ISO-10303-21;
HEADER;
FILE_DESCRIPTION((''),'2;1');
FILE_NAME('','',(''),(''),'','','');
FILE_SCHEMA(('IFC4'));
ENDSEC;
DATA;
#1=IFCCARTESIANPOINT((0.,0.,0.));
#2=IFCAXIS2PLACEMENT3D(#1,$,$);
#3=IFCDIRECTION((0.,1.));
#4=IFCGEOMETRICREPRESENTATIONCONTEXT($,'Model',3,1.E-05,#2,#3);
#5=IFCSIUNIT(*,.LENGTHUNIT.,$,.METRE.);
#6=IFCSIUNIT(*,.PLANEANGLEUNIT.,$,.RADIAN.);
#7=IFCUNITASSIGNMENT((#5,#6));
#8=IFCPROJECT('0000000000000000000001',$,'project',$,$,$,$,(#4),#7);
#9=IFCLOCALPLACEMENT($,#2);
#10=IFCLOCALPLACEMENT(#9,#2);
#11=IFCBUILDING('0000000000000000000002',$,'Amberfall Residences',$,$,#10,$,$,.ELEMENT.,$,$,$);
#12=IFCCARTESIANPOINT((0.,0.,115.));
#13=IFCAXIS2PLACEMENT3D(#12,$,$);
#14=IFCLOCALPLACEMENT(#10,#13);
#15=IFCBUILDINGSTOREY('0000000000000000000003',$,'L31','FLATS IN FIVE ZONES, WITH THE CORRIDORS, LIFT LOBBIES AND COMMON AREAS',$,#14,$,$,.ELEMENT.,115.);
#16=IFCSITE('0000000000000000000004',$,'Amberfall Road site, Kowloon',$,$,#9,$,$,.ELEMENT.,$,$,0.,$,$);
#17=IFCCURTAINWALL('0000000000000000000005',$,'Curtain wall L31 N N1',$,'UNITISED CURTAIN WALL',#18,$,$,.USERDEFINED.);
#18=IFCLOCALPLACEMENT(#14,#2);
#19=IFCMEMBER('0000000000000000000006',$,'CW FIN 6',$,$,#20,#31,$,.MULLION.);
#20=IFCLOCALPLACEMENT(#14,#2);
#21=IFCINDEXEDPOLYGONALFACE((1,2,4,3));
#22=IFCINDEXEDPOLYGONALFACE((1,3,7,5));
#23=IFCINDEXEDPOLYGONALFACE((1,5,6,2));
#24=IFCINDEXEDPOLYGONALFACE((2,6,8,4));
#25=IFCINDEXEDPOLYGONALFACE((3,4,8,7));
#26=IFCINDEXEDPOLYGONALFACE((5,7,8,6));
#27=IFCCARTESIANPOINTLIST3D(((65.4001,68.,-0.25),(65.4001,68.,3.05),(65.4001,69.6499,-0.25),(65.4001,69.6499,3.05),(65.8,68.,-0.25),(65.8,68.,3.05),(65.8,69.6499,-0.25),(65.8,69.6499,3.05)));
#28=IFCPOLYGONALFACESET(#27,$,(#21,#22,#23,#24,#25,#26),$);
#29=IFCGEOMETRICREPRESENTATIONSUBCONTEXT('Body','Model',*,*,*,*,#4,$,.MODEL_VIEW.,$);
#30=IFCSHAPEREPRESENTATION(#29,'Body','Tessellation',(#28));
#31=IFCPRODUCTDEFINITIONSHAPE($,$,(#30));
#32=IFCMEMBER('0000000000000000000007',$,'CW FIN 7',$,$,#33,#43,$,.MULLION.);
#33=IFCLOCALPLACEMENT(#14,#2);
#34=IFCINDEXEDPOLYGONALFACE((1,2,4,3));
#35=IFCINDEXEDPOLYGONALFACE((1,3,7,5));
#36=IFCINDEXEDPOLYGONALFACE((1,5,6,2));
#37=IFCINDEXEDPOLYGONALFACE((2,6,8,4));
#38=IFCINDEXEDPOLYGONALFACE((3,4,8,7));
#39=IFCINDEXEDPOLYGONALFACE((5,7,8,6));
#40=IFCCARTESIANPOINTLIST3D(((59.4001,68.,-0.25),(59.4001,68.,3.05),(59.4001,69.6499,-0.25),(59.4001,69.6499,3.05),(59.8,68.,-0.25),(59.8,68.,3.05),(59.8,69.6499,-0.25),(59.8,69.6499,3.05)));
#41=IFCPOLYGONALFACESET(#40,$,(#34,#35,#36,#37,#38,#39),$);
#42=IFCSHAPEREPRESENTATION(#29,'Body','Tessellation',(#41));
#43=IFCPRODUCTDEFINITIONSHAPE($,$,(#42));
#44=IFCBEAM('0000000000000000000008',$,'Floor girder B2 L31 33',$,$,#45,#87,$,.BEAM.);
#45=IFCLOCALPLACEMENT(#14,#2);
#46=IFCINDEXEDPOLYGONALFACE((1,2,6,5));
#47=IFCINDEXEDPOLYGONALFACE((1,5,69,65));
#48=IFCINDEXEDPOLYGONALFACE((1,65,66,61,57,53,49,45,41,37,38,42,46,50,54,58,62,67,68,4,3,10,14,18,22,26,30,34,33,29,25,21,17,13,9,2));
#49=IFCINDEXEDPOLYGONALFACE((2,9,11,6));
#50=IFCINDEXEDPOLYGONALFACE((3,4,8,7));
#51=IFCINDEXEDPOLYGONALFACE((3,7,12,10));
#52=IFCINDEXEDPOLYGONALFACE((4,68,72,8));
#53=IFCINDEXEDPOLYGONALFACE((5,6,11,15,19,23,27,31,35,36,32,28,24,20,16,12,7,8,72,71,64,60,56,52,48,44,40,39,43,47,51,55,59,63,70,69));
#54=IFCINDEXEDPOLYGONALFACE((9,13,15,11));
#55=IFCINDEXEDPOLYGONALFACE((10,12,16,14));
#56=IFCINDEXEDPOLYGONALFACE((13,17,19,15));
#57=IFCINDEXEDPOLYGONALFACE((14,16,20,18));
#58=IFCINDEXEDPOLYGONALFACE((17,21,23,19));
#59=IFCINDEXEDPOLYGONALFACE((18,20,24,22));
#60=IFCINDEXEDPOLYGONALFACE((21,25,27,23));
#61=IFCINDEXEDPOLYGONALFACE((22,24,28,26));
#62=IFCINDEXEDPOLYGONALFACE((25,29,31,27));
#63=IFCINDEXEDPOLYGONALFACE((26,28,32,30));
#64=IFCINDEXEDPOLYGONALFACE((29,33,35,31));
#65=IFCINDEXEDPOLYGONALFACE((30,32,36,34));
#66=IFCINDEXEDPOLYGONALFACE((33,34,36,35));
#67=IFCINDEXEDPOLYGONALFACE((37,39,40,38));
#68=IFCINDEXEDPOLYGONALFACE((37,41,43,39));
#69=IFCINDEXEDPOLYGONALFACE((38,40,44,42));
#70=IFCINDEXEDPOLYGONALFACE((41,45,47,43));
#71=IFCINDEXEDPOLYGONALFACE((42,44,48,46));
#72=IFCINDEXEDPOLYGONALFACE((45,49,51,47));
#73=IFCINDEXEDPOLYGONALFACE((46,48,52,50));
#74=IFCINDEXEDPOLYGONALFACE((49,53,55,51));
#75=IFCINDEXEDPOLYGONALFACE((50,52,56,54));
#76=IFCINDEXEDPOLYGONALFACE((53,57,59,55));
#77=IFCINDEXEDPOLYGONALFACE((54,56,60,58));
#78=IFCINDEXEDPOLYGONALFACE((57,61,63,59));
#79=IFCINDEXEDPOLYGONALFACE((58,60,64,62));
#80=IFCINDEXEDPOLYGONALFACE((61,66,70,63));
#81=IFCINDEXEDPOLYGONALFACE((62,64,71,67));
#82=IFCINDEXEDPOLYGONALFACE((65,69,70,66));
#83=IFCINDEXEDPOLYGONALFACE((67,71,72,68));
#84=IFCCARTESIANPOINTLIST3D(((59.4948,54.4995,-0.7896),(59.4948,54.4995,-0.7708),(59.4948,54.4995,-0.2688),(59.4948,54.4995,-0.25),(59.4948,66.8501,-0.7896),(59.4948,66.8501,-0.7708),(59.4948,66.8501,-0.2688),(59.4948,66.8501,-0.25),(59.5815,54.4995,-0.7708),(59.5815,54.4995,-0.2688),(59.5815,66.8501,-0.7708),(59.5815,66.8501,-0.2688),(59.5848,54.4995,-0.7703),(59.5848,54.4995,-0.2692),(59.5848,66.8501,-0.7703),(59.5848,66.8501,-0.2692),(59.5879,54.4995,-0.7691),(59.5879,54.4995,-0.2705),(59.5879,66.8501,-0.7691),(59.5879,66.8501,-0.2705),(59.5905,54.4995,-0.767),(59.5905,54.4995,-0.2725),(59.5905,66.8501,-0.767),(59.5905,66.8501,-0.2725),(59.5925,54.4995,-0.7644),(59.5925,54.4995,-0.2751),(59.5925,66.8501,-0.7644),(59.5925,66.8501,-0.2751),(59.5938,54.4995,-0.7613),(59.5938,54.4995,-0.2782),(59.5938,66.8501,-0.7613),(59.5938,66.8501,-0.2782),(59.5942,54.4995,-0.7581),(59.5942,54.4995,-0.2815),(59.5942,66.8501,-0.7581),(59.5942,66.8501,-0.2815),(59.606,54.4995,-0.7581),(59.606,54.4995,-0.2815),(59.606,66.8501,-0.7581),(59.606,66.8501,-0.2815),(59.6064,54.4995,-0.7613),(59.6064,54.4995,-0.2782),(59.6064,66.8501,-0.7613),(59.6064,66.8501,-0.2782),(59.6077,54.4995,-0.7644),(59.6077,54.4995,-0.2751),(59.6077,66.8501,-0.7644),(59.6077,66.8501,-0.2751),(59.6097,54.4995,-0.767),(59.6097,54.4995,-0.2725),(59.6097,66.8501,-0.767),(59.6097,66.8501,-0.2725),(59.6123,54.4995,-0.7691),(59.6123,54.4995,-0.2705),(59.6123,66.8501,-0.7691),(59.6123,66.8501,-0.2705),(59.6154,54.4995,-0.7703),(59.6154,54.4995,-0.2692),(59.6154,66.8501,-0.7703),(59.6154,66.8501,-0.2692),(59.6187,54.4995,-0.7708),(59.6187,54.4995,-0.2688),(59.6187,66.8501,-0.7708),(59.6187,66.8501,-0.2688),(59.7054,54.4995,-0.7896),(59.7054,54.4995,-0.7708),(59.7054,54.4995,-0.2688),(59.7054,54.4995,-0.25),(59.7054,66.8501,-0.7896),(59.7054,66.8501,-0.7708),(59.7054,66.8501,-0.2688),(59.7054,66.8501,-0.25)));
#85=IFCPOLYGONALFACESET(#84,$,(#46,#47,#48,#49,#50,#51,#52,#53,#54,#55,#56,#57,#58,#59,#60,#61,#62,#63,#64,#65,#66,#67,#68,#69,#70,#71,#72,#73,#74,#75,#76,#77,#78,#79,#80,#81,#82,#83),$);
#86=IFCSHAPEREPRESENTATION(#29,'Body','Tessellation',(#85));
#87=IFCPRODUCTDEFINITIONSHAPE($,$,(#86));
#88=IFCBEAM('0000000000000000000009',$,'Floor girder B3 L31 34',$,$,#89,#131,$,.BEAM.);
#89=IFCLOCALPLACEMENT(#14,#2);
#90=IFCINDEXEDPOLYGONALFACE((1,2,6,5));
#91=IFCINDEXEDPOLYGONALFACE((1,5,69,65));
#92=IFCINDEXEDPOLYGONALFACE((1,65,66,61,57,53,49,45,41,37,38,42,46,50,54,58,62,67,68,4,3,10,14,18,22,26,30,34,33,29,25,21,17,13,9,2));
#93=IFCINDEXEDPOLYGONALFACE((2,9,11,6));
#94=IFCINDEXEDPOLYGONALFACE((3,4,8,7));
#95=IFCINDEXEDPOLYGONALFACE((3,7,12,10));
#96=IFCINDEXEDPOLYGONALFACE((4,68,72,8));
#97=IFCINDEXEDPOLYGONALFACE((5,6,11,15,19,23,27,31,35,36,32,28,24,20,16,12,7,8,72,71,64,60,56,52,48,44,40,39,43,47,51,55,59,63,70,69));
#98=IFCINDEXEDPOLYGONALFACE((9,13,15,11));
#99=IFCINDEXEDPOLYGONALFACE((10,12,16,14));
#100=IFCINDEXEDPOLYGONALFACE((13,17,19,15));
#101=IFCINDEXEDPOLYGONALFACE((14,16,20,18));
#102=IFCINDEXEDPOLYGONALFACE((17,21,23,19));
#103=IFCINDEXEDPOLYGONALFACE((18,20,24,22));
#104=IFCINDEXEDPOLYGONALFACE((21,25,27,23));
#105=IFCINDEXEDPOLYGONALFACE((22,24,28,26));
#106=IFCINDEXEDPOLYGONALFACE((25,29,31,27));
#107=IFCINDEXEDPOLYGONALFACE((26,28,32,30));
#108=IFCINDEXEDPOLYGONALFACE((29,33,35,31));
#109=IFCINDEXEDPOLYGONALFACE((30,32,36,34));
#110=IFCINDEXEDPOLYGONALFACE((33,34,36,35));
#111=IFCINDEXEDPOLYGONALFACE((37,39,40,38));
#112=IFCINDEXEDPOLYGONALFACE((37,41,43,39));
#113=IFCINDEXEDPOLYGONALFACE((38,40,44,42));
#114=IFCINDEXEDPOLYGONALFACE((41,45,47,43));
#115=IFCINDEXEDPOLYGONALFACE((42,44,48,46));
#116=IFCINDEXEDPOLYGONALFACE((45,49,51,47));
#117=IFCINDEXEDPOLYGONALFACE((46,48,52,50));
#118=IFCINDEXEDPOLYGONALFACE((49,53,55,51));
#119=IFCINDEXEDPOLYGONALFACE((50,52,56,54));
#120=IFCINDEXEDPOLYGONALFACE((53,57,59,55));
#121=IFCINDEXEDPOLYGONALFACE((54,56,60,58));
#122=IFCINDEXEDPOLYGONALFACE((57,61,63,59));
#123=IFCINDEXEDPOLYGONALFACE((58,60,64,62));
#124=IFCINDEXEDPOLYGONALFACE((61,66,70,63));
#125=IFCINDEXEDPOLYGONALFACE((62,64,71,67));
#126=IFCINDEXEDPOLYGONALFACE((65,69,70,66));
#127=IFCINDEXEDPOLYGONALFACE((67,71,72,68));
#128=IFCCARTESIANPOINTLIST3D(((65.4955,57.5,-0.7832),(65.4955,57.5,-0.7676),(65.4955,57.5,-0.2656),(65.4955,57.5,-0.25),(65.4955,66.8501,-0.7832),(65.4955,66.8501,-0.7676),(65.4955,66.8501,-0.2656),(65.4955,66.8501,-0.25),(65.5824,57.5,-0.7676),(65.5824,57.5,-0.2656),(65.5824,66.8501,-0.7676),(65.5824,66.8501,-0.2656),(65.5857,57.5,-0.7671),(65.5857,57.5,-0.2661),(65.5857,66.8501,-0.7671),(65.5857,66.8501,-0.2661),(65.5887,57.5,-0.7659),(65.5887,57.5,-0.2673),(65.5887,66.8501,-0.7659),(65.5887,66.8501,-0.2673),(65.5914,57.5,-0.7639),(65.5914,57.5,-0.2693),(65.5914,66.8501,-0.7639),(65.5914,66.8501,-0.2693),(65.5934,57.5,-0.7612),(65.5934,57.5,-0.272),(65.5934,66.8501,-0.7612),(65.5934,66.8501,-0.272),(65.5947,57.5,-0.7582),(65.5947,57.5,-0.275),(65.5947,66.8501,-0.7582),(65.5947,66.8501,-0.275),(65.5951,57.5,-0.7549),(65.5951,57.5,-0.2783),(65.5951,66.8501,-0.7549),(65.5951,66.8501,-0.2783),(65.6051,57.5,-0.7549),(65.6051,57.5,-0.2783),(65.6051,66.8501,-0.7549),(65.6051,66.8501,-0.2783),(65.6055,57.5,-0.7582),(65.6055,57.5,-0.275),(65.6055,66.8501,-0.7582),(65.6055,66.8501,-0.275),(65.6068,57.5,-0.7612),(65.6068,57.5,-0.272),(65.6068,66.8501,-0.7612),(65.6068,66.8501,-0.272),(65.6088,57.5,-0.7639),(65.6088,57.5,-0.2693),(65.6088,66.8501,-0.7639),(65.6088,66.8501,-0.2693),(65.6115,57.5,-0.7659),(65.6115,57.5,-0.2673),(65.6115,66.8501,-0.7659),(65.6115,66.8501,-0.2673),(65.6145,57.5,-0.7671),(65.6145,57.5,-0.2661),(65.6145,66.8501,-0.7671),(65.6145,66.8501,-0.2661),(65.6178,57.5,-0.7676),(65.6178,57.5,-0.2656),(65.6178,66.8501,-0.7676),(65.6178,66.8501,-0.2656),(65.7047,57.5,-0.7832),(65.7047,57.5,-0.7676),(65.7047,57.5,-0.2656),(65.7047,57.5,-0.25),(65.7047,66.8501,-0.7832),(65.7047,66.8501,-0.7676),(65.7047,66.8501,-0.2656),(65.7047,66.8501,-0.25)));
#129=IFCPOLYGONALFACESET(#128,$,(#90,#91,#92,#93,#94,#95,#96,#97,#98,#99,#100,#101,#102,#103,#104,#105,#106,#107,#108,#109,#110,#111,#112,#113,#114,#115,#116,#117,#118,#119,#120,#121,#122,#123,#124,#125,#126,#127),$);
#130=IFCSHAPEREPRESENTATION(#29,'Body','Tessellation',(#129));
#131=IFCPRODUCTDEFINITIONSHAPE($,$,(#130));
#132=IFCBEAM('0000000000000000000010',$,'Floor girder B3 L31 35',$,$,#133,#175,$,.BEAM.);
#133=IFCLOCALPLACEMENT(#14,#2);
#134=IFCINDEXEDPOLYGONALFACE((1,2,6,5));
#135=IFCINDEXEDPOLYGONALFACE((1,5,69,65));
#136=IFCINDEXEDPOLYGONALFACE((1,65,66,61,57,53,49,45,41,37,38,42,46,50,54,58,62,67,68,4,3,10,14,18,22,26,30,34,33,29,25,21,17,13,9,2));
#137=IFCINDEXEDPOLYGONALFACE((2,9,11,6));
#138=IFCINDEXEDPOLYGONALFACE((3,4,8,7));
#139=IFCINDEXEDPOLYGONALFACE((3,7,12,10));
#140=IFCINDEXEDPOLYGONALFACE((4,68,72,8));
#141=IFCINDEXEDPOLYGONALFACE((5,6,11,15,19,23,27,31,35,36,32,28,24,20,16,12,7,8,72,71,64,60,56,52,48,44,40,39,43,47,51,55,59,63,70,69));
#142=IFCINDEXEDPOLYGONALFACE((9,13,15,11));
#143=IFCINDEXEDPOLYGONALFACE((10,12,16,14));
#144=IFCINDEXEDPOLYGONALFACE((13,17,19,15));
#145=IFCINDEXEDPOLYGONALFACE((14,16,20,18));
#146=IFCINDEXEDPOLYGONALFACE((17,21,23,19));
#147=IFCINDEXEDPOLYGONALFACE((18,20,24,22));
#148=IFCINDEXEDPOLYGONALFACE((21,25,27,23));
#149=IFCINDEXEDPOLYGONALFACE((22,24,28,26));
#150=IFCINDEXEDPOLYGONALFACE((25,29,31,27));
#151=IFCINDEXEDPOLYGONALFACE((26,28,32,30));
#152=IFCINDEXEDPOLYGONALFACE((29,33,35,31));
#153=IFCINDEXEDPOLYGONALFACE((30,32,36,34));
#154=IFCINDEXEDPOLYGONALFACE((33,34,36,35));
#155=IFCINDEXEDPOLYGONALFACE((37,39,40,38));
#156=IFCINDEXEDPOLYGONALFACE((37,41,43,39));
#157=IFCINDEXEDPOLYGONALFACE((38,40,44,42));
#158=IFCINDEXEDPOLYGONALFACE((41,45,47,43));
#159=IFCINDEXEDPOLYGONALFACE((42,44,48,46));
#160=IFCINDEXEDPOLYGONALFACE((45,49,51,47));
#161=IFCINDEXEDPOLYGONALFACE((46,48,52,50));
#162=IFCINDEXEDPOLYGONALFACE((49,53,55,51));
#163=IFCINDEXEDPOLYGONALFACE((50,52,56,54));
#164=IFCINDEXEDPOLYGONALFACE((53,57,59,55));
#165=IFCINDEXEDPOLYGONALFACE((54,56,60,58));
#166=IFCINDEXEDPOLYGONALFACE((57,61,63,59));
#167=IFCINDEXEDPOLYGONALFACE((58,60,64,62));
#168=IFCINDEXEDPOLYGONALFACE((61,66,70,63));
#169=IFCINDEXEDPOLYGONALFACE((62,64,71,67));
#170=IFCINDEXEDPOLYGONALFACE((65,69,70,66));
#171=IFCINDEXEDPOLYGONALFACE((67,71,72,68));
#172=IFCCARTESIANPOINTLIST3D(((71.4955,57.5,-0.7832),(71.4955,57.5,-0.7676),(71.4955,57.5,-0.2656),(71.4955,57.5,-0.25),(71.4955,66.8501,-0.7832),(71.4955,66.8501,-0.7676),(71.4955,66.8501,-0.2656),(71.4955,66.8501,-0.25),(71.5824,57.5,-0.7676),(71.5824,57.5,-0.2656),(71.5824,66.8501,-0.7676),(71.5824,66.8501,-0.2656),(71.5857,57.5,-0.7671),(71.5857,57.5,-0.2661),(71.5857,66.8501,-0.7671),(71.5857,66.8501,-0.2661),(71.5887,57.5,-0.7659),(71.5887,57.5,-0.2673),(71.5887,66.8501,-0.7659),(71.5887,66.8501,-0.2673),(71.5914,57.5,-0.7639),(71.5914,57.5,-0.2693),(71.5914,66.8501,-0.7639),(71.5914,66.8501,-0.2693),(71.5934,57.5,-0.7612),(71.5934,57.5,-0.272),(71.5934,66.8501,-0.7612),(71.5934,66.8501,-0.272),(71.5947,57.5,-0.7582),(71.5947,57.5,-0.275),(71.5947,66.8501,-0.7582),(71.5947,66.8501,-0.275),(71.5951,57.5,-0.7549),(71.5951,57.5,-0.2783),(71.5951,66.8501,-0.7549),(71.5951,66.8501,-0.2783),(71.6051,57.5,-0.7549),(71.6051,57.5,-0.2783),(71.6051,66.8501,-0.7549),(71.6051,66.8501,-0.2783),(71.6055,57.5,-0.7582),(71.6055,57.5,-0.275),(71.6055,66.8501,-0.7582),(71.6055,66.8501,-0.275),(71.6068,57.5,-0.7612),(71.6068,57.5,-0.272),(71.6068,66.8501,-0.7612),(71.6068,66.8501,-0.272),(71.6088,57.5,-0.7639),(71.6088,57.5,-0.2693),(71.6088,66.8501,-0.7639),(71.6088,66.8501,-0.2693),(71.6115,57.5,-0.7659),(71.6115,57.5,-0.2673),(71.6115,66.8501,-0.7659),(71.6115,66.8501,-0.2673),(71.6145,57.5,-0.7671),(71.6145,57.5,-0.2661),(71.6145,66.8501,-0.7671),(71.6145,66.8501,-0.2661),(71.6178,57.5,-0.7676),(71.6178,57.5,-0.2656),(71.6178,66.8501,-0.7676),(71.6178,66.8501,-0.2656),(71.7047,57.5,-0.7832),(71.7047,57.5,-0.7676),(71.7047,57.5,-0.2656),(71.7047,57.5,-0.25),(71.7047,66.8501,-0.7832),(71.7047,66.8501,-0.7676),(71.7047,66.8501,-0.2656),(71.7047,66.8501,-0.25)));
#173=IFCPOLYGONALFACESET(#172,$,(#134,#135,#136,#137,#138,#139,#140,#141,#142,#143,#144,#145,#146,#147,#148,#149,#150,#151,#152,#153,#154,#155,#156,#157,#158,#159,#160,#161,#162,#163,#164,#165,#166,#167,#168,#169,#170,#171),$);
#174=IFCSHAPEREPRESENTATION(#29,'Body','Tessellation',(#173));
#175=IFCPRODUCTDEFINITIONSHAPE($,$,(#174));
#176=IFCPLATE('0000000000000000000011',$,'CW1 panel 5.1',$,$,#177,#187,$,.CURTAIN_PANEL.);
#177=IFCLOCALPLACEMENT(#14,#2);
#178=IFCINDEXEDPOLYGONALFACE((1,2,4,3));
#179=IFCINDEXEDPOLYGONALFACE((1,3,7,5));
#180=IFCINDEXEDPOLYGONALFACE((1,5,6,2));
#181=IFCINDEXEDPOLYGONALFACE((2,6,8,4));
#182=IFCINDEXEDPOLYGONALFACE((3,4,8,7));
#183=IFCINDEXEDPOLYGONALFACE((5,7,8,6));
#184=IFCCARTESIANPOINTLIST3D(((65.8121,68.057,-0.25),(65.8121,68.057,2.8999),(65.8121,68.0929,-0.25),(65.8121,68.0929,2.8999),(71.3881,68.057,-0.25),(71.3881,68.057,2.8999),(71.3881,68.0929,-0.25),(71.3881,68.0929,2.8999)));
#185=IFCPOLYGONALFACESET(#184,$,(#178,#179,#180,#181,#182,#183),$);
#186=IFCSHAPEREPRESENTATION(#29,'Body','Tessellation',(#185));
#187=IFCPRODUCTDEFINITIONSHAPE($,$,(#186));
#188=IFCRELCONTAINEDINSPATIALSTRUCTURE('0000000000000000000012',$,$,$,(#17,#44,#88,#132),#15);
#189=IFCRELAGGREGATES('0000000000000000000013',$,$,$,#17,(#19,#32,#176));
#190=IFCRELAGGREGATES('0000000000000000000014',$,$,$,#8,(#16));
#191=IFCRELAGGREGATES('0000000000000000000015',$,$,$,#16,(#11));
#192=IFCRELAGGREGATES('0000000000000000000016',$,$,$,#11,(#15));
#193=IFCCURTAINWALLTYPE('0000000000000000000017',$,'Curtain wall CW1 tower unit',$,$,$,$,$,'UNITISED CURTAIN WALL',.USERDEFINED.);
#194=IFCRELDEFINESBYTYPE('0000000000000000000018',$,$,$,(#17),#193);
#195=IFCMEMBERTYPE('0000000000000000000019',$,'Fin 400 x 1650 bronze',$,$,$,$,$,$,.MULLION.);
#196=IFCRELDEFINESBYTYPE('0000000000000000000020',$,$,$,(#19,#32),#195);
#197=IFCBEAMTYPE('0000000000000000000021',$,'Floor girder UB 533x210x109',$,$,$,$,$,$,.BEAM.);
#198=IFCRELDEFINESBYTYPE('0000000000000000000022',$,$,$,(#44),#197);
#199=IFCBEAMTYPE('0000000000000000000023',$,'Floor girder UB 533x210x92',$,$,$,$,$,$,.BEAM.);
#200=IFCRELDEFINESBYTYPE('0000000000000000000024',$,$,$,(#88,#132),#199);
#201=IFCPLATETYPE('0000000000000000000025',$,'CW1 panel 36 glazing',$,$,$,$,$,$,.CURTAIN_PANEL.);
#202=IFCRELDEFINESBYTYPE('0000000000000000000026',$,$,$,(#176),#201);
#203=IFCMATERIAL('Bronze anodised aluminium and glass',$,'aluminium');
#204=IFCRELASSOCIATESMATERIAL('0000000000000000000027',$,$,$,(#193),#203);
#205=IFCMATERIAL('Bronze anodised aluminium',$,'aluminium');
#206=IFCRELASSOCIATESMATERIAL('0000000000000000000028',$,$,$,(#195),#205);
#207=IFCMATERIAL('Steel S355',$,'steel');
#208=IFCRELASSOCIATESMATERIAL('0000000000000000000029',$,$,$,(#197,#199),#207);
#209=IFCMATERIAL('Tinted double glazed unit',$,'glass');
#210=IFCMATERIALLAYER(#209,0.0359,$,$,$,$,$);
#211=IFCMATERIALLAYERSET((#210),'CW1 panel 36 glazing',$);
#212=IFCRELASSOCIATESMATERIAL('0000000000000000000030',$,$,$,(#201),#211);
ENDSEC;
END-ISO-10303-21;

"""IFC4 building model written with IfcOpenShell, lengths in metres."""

from ifc_helpers import new_model, si_unit, direction, frame, origin, origin_2d, place, context, subcontext, project, spatial, rectangle, i_section, extrude, material, layer, layer_set, material_profile, profile_set, type_object, element, aggregate, save


model = new_model("IFC4")

# Units and contexts
model_context = context("Model", 3, precision=1e-05, world=origin(), true_north=direction((0.0, 1.0)))
body_context = subcontext(model_context, "Body", "Model", "MODEL_VIEW")
ifc_project = project(units=[si_unit("LENGTHUNIT", "METRE"), si_unit("PLANEANGLEUNIT", "RADIAN")], contexts=[model_context])

# Site, building, storey
site_placement = place(None, origin())
site = spatial("IfcSite", under=ifc_project, at=site_placement, Name="Amberfall Road site, Kowloon", CompositionType="ELEMENT", RefElevation=0.0)
building_placement = place(site_placement, origin())
building = spatial("IfcBuilding", under=site, at=building_placement, Name="Amberfall Residences", CompositionType="ELEMENT")
storey_placement = place(building_placement, frame((0.0, 0.0, 115.0)))
storey = spatial("IfcBuildingStorey", under=building, at=storey_placement, Name="L31", Description="FLATS IN FIVE ZONES, WITH THE CORRIDORS, LIFT LOBBIES AND COMMON AREAS", CompositionType="ELEMENT", Elevation=115.0)

# Curtain wall
ifc_material_1 = material(Name="Bronze anodised aluminium and glass", Category="aluminium")
curtain_wall_type = type_object("IfcCurtainWallType", Name="Curtain wall CW1 tower unit", ElementType="UNITISED CURTAIN WALL", PredefinedType="USERDEFINED", material=ifc_material_1)
curtain_wall_placement = place(storey_placement, origin())
curtain_wall = element("IfcCurtainWall", 1, at=curtain_wall_placement, inside=storey, type_object=curtain_wall_type, Name="Curtain wall L31 N N1", ObjectType="UNITISED CURTAIN WALL", PredefinedType="USERDEFINED")
ifc_material_2 = material(Name="Bronze anodised aluminium", Category="aluminium")

# Shared definitions
ifc_material_3 = material(Name="Steel S355", Category="steel")

# Members
ifc_material_profile_1 = material_profile(ifc_material_2, rectangle(XDim=1.6499, YDim=0.3999, at=origin_2d()), Name="Fin 400 x 1650 bronze")
ifc_profile_set_1 = profile_set([ifc_material_profile_1], Name="Bronze anodised aluminium")
member_type_1 = type_object("IfcMemberType", Name="Fin 400 x 1650 bronze", PredefinedType="MULLION", material=ifc_profile_set_1)
member_1_placement = place(storey_placement, frame((65.6001, 68.825, -0.25), z_axis=(0.0, 0.0, 1.0), x_axis=(0.0, -1.0, 0.0)))
member_1 = element("IfcMember", 2, at=member_1_placement, type_object=member_type_1, Name="CW FIN 6", PredefinedType="MULLION", context=body_context, shape_type="SweptSolid", body=[
    extrude(rectangle(XDim=1.6499, YDim=0.3999, at=origin_2d()), origin(), (0.0, 0.0, 1.0), 3.3),
])
member_2_placement = place(storey_placement, frame((59.6001, 68.825, -0.25), z_axis=(0.0, 0.0, 1.0), x_axis=(0.0, -1.0, 0.0)))
member_2 = element("IfcMember", 3, at=member_2_placement, type_object=member_type_1, Name="CW FIN 7", PredefinedType="MULLION", context=body_context, shape_type="SweptSolid", body=[
    extrude(rectangle(XDim=1.6499, YDim=0.3999, at=origin_2d()), origin(), (0.0, 0.0, 1.0), 3.3),
])

# Beams
ifc_material_profile_2 = material_profile(ifc_material_3, i_section(OverallWidth=0.2107, OverallDepth=0.5396, WebThickness=0.0117, FlangeThickness=0.0188, FilletRadius=0.0127, at=origin_2d()), Name="UB 533x210x109")
ifc_profile_set_2 = profile_set([ifc_material_profile_2], Name="Steel S355")
beam_type_1 = type_object("IfcBeamType", Name="Floor girder UB 533x210x109", PredefinedType="BEAM", material=ifc_profile_set_2)
beam_placement = place(storey_placement, frame((59.6001, 66.8501, -0.5198), z_axis=(0.0, -1.0, 0.0), x_axis=(1.0, 0.0, 0.0)))
element("IfcBeam", 4, at=beam_placement, inside=storey, type_object=beam_type_1, Name="Floor girder B2 L31 33", PredefinedType="BEAM", context=body_context, shape_type="SweptSolid", body=[
    extrude(i_section(OverallWidth=0.2107, OverallDepth=0.5396, WebThickness=0.0117, FlangeThickness=0.0188, FilletRadius=0.0127, at=origin_2d()), origin(), (0.0, 0.0, 1.0), 12.3506),
])
ifc_material_profile_3 = material_profile(ifc_material_3, i_section(OverallWidth=0.2092, OverallDepth=0.5332, WebThickness=0.01, FlangeThickness=0.0156, FilletRadius=0.0127, at=origin_2d()), Name="UB 533x210x92")
ifc_profile_set_3 = profile_set([ifc_material_profile_3], Name="Steel S355")
beam_type_2 = type_object("IfcBeamType", Name="Floor girder UB 533x210x92", PredefinedType="BEAM", material=ifc_profile_set_3)
for number, where, z_axis, x_axis, name in (
    (5, (65.6001, 66.8501, -0.5166), (0.0, -1.0, 0.0), (1.0, 0.0, 0.0), "Floor girder B3 L31 34"),
    (6, (71.6001, 66.8501, -0.5166), (0.0, -1.0, 0.0), (1.0, 0.0, 0.0), "Floor girder B3 L31 35"),
):
    element("IfcBeam", number, at=place(storey_placement, frame(where, z_axis=z_axis, x_axis=x_axis)), inside=storey, type_object=beam_type_2, Name=name, PredefinedType="BEAM", context=body_context, shape_type="SweptSolid", body=[
        extrude(i_section(OverallWidth=0.2092, OverallDepth=0.5332, WebThickness=0.01, FlangeThickness=0.0156, FilletRadius=0.0127, at=origin_2d()), origin(), (0.0, 0.0, 1.0), 9.3501),
    ])

# Plate
ifc_material_4 = material(Name="Tinted double glazed unit", Category="glass")
ifc_layer_1 = layer(ifc_material_4, 0.0359)
ifc_layer_set_1 = layer_set([ifc_layer_1], Name="CW1 panel 36 glazing")
plate_type = type_object("IfcPlateType", Name="CW1 panel 36 glazing", PredefinedType="CURTAIN_PANEL", material=ifc_layer_set_1)
plate_1_placement = place(storey_placement, frame((68.6001, 68.075, -0.25), z_axis=(0.0, 0.0, 1.0), x_axis=(-1.0, 0.0, 0.0)))
plate_1 = element("IfcPlate", 7, at=plate_1_placement, type_object=plate_type, Name="CW1 panel 5.1", PredefinedType="CURTAIN_PANEL", context=body_context, shape_type="SweptSolid", body=[
    extrude(rectangle(XDim=5.5759, YDim=0.0359, at=origin_2d()), origin(), (0.0, 0.0, 1.0), 3.1499),
])
aggregate(curtain_wall, [member_1, member_2, plate_1])

save(model, "model.ifc")
